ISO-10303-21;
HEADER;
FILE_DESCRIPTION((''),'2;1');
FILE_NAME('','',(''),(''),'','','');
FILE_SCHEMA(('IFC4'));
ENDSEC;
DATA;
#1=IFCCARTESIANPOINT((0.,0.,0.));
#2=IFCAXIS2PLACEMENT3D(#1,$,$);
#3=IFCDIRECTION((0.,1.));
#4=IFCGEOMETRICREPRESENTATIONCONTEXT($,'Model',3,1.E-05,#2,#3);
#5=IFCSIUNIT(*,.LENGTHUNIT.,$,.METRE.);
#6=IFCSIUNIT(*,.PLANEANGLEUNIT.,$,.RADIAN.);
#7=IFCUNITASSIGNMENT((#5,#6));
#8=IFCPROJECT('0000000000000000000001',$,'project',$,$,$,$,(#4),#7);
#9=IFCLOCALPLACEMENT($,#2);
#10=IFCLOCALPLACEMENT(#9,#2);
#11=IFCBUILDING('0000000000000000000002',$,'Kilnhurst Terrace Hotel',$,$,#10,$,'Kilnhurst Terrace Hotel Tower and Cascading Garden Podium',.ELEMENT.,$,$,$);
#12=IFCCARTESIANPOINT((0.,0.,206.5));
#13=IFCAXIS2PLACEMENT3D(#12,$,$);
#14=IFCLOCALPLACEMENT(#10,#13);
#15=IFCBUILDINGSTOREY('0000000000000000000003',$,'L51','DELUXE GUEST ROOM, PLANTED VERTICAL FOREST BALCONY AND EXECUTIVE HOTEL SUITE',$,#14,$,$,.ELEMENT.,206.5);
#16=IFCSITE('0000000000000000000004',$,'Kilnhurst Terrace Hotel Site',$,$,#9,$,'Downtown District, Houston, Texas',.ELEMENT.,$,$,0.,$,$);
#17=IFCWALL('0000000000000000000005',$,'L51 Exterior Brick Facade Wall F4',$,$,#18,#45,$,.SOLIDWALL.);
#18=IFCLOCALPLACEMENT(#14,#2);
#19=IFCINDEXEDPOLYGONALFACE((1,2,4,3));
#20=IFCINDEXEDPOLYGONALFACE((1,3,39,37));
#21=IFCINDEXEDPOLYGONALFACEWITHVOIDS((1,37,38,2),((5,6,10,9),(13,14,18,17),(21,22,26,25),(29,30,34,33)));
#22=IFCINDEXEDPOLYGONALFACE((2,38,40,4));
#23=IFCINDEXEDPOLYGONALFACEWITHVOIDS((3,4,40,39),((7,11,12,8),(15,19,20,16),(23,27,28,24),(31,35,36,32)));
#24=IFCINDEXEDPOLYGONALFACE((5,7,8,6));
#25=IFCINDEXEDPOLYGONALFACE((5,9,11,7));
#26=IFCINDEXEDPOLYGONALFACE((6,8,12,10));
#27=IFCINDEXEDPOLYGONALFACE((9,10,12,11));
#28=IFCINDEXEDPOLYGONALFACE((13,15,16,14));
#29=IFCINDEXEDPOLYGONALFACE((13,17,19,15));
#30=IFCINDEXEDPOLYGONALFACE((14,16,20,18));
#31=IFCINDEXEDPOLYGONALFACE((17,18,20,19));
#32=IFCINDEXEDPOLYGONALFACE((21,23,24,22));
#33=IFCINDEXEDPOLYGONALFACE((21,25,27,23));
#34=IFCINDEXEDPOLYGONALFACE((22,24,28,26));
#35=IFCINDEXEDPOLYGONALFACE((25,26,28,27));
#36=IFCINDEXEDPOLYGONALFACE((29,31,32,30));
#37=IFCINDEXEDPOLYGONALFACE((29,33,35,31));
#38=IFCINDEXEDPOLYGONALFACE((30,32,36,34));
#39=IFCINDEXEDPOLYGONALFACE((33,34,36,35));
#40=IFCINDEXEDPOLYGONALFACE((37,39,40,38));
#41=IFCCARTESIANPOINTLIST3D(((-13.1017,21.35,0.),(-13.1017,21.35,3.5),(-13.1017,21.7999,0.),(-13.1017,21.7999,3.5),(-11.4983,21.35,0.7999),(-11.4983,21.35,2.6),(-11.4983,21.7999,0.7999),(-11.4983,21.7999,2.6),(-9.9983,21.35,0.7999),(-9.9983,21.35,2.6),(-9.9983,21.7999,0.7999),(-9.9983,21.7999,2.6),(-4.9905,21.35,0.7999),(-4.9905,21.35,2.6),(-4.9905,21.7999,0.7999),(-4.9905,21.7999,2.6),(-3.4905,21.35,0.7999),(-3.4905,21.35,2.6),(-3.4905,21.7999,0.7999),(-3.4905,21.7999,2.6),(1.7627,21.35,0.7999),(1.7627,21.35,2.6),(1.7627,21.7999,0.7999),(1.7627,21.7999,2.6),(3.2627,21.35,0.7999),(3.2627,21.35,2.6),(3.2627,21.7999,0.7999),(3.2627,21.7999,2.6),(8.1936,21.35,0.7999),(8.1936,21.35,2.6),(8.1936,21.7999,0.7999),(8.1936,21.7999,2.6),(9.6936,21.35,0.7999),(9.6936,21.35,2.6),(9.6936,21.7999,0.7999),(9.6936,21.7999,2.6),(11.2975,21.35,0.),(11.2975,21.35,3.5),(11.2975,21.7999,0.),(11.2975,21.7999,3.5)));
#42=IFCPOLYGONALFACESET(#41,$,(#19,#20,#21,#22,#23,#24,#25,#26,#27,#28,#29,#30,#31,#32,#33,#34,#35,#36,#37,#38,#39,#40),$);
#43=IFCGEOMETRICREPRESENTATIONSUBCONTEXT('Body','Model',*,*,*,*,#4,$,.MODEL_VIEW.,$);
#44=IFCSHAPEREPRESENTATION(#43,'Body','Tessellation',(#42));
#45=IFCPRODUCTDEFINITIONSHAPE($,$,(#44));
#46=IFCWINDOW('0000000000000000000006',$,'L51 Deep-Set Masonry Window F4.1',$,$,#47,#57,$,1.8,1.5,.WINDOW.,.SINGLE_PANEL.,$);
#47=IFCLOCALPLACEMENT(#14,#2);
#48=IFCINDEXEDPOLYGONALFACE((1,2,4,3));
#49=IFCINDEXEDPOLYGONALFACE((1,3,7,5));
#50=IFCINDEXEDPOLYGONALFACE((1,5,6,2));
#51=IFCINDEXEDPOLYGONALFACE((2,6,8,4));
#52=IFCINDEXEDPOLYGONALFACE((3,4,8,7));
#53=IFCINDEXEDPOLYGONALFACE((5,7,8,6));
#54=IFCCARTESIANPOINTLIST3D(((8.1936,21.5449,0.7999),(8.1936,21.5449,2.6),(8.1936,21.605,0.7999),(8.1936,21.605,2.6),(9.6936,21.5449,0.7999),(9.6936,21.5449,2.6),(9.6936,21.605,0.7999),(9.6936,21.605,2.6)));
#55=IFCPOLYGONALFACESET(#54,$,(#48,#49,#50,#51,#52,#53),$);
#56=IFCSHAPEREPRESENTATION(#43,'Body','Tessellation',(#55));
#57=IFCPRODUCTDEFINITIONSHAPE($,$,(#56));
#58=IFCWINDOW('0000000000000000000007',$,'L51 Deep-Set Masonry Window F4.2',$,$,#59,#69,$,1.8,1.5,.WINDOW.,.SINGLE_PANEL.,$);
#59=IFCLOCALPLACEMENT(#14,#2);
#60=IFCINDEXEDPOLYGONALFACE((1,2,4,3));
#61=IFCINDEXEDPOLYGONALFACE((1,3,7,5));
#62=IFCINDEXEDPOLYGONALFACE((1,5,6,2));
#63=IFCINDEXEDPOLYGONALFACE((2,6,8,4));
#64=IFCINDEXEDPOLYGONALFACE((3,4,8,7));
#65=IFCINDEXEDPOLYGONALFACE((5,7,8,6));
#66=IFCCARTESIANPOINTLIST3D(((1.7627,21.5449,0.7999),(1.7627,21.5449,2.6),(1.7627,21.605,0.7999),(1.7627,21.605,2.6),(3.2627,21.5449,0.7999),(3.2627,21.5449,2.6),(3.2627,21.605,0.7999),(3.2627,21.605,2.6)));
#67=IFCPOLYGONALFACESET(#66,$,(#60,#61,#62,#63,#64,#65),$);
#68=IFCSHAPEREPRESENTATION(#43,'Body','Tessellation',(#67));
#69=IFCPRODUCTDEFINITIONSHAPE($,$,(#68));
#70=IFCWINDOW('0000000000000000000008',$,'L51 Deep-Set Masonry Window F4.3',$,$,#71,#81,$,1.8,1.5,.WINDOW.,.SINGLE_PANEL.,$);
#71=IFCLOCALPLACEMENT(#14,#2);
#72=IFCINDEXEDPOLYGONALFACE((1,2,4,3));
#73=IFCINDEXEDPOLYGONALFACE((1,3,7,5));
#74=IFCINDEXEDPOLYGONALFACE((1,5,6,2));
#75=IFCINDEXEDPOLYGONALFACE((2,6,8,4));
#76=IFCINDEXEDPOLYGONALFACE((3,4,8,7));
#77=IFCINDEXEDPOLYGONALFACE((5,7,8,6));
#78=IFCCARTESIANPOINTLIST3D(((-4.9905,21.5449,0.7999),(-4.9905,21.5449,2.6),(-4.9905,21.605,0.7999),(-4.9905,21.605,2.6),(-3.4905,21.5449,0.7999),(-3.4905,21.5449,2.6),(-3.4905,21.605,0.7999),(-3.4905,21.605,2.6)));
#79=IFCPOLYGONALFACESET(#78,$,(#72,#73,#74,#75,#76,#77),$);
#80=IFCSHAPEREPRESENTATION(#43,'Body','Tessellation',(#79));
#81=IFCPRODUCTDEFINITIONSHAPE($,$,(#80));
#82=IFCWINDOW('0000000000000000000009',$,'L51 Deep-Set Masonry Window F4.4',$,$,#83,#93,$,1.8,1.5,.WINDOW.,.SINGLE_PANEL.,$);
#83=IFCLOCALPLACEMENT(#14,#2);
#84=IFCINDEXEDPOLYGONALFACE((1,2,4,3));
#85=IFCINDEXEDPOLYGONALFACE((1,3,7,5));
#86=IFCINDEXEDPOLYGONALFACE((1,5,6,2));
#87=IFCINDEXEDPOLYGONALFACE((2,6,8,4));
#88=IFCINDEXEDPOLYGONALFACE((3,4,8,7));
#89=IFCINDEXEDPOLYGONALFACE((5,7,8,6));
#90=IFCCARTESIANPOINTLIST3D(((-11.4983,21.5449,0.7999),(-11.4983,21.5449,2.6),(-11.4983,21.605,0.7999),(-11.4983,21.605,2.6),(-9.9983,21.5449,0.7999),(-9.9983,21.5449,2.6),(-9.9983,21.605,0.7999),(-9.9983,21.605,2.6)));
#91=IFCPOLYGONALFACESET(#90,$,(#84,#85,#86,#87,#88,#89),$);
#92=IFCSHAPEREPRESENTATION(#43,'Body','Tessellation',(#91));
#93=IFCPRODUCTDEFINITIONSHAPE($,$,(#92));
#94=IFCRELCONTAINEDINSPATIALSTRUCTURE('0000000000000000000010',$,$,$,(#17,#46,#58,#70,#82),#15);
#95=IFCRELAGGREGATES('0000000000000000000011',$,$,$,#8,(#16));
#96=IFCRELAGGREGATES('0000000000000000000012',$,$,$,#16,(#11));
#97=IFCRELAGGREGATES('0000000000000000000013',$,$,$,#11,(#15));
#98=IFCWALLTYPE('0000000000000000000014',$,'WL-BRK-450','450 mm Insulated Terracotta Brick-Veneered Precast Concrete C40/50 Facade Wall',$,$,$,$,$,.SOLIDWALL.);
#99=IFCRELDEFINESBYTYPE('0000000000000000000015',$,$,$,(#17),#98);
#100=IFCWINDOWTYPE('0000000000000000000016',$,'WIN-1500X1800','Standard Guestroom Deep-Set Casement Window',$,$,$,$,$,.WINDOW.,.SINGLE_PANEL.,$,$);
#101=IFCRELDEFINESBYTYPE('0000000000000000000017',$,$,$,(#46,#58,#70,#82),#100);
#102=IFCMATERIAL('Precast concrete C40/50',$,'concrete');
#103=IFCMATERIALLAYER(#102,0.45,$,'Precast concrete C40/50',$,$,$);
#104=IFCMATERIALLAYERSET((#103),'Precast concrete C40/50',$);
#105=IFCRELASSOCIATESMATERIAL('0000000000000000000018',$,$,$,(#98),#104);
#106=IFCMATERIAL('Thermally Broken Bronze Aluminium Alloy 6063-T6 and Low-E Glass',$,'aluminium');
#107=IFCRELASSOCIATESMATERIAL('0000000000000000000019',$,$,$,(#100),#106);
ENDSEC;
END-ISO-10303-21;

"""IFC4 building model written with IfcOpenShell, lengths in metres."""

from ifc_helpers import new_model, si_unit, direction, frame, frame_2d, origin, place, context, subcontext, project, spatial, rectangle, extrude, material, layer, layer_set, type_object, element, fill, save


model = new_model("IFC4")

# Units and contexts
model_context = context("Model", 3, precision=1e-05, world=origin(), true_north=direction((0.0, 1.0)))
body_context = subcontext(model_context, "Body", "Model", "MODEL_VIEW")
ifc_project = project(units=[si_unit("LENGTHUNIT", "METRE"), si_unit("PLANEANGLEUNIT", "RADIAN")], contexts=[model_context])

# Site, building, storey
site_placement = place(None, origin())
site = spatial("IfcSite", under=ifc_project, at=site_placement, Name="Kilnhurst Terrace Hotel Site", LongName="Downtown District, Houston, Texas", CompositionType="ELEMENT", RefElevation=0.0)
building_placement = place(site_placement, origin())
building = spatial("IfcBuilding", under=site, at=building_placement, Name="Kilnhurst Terrace Hotel", LongName="Kilnhurst Terrace Hotel Tower and Cascading Garden Podium", CompositionType="ELEMENT")
storey_placement = place(building_placement, frame((0.0, 0.0, 206.5)))
storey = spatial("IfcBuildingStorey", under=building, at=storey_placement, Name="L51", Description="DELUXE GUEST ROOM, PLANTED VERTICAL FOREST BALCONY AND EXECUTIVE HOTEL SUITE", CompositionType="ELEMENT", Elevation=206.5)

# Shared definitions
ifc_material_1 = material(Name="Precast concrete C40/50", Category="concrete")
ifc_layer_1 = layer(ifc_material_1, 0.45, Name="Precast concrete C40/50")
ifc_layer_set_1 = layer_set([ifc_layer_1], Name="Precast concrete C40/50")
wall_type_1 = type_object("IfcWallType", Name="WL-BRK-450", Description="450 mm Insulated Terracotta Brick-Veneered Precast Concrete C40/50 Facade Wall", PredefinedType="SOLIDWALL", material=ifc_layer_set_1)

# Wall, openings, windows
wall_1_placement = place(storey_placement, frame((11.2976, 21.575, 0.0), z_axis=(0.0, 0.0, 1.0), x_axis=(-1.0, 0.0, 0.0)))
wall_1 = element("IfcWall", 1, at=wall_1_placement, inside=storey, type_object=wall_type_1, Name="L51 Exterior Brick Facade Wall F4", PredefinedType="SOLIDWALL", context=body_context, shape_type="SweptSolid", body=[
    extrude(rectangle(XDim=24.3992, YDim=0.45, at=frame_2d((12.1997, 0.0))), origin(), (0.0, 0.0, 1.0), 3.5),
])
opening_1_placement = place(wall_1_placement, frame((1.604, 0.0, 0.8)))
opening_1 = element("IfcOpeningElement", 2, at=opening_1_placement, cuts=wall_1, PredefinedType="OPENING", context=body_context, shape_type="SweptSolid", body=[
    extrude(rectangle(XDim=1.5, YDim=1.8, at=frame_2d((0.75, 0.8999))), frame((0.0, 0.2349, 0.0), z_axis=(0.0, -1.0, 0.0), x_axis=(1.0, 0.0, 0.0)), (0.0, 0.0, 1.0), 0.47),
])
opening_2_placement = place(wall_1_placement, frame((8.0349, 0.0, 0.8)))
opening_2 = element("IfcOpeningElement", 3, at=opening_2_placement, cuts=wall_1, PredefinedType="OPENING", context=body_context, shape_type="SweptSolid", body=[
    extrude(rectangle(XDim=1.5, YDim=1.8, at=frame_2d((0.75, 0.8999))), frame((0.0, 0.2349, 0.0), z_axis=(0.0, -1.0, 0.0), x_axis=(1.0, 0.0, 0.0)), (0.0, 0.0, 1.0), 0.47),
])
opening_3_placement = place(wall_1_placement, frame((14.7881, 0.0, 0.8)))
opening_3 = element("IfcOpeningElement", 4, at=opening_3_placement, cuts=wall_1, PredefinedType="OPENING", context=body_context, shape_type="SweptSolid", body=[
    extrude(rectangle(XDim=1.5, YDim=1.8, at=frame_2d((0.75, 0.8999))), frame((0.0, 0.2349, 0.0), z_axis=(0.0, -1.0, 0.0), x_axis=(1.0, 0.0, 0.0)), (0.0, 0.0, 1.0), 0.47),
])
opening_4_placement = place(wall_1_placement, frame((21.2959, 0.0, 0.8)))
opening_4 = element("IfcOpeningElement", 5, at=opening_4_placement, cuts=wall_1, PredefinedType="OPENING", context=body_context, shape_type="SweptSolid", body=[
    extrude(rectangle(XDim=1.5, YDim=1.8, at=frame_2d((0.75, 0.8999))), frame((0.0, 0.2349, 0.0), z_axis=(0.0, -1.0, 0.0), x_axis=(1.0, 0.0, 0.0)), (0.0, 0.0, 1.0), 0.47),
])
ifc_material_2 = material(Name="Thermally Broken Bronze Aluminium Alloy 6063-T6 and Low-E Glass", Category="aluminium")
window_type = type_object("IfcWindowType", Name="WIN-1500X1800", Description="Standard Guestroom Deep-Set Casement Window", PartitioningType="SINGLE_PANEL", PredefinedType="WINDOW", material=ifc_material_2)
window_1_placement = place(opening_1_placement, origin())
window_1 = element("IfcWindow", 6, at=window_1_placement, inside=storey, type_object=window_type, Name="L51 Deep-Set Masonry Window F4.1", OverallHeight=1.8, OverallWidth=1.5, PartitioningType="SINGLE_PANEL", PredefinedType="WINDOW", context=body_context, shape_type="SweptSolid", body=[
    extrude(rectangle(XDim=1.5, YDim=1.8, at=frame_2d((0.75, 0.8999))), frame((0.0, 0.03, 0.0), z_axis=(0.0, -1.0, 0.0), x_axis=(1.0, 0.0, 0.0)), (0.0, 0.0, 1.0), 0.0601),
])
fill(opening_1, window_1)
window_2_placement = place(opening_2_placement, origin())
window_2 = element("IfcWindow", 7, at=window_2_placement, inside=storey, type_object=window_type, Name="L51 Deep-Set Masonry Window F4.2", OverallHeight=1.8, OverallWidth=1.5, PartitioningType="SINGLE_PANEL", PredefinedType="WINDOW", context=body_context, shape_type="SweptSolid", body=[
    extrude(rectangle(XDim=1.5, YDim=1.8, at=frame_2d((0.75, 0.8999))), frame((0.0, 0.03, 0.0), z_axis=(0.0, -1.0, 0.0), x_axis=(1.0, 0.0, 0.0)), (0.0, 0.0, 1.0), 0.0601),
])
fill(opening_2, window_2)
window_3_placement = place(opening_3_placement, origin())
window_3 = element("IfcWindow", 8, at=window_3_placement, inside=storey, type_object=window_type, Name="L51 Deep-Set Masonry Window F4.3", OverallHeight=1.8, OverallWidth=1.5, PartitioningType="SINGLE_PANEL", PredefinedType="WINDOW", context=body_context, shape_type="SweptSolid", body=[
    extrude(rectangle(XDim=1.5, YDim=1.8, at=frame_2d((0.75, 0.8999))), frame((0.0, 0.03, 0.0), z_axis=(0.0, -1.0, 0.0), x_axis=(1.0, 0.0, 0.0)), (0.0, 0.0, 1.0), 0.0601),
])
fill(opening_3, window_3)
window_4_placement = place(opening_4_placement, origin())
window_4 = element("IfcWindow", 9, at=window_4_placement, inside=storey, type_object=window_type, Name="L51 Deep-Set Masonry Window F4.4", OverallHeight=1.8, OverallWidth=1.5, PartitioningType="SINGLE_PANEL", PredefinedType="WINDOW", context=body_context, shape_type="SweptSolid", body=[
    extrude(rectangle(XDim=1.5, YDim=1.8, at=frame_2d((0.75, 0.8999))), frame((0.0, 0.03, 0.0), z_axis=(0.0, -1.0, 0.0), x_axis=(1.0, 0.0, 0.0)), (0.0, 0.0, 1.0), 0.0601),
])
fill(opening_4, window_4)

save(model, "model.ifc")
